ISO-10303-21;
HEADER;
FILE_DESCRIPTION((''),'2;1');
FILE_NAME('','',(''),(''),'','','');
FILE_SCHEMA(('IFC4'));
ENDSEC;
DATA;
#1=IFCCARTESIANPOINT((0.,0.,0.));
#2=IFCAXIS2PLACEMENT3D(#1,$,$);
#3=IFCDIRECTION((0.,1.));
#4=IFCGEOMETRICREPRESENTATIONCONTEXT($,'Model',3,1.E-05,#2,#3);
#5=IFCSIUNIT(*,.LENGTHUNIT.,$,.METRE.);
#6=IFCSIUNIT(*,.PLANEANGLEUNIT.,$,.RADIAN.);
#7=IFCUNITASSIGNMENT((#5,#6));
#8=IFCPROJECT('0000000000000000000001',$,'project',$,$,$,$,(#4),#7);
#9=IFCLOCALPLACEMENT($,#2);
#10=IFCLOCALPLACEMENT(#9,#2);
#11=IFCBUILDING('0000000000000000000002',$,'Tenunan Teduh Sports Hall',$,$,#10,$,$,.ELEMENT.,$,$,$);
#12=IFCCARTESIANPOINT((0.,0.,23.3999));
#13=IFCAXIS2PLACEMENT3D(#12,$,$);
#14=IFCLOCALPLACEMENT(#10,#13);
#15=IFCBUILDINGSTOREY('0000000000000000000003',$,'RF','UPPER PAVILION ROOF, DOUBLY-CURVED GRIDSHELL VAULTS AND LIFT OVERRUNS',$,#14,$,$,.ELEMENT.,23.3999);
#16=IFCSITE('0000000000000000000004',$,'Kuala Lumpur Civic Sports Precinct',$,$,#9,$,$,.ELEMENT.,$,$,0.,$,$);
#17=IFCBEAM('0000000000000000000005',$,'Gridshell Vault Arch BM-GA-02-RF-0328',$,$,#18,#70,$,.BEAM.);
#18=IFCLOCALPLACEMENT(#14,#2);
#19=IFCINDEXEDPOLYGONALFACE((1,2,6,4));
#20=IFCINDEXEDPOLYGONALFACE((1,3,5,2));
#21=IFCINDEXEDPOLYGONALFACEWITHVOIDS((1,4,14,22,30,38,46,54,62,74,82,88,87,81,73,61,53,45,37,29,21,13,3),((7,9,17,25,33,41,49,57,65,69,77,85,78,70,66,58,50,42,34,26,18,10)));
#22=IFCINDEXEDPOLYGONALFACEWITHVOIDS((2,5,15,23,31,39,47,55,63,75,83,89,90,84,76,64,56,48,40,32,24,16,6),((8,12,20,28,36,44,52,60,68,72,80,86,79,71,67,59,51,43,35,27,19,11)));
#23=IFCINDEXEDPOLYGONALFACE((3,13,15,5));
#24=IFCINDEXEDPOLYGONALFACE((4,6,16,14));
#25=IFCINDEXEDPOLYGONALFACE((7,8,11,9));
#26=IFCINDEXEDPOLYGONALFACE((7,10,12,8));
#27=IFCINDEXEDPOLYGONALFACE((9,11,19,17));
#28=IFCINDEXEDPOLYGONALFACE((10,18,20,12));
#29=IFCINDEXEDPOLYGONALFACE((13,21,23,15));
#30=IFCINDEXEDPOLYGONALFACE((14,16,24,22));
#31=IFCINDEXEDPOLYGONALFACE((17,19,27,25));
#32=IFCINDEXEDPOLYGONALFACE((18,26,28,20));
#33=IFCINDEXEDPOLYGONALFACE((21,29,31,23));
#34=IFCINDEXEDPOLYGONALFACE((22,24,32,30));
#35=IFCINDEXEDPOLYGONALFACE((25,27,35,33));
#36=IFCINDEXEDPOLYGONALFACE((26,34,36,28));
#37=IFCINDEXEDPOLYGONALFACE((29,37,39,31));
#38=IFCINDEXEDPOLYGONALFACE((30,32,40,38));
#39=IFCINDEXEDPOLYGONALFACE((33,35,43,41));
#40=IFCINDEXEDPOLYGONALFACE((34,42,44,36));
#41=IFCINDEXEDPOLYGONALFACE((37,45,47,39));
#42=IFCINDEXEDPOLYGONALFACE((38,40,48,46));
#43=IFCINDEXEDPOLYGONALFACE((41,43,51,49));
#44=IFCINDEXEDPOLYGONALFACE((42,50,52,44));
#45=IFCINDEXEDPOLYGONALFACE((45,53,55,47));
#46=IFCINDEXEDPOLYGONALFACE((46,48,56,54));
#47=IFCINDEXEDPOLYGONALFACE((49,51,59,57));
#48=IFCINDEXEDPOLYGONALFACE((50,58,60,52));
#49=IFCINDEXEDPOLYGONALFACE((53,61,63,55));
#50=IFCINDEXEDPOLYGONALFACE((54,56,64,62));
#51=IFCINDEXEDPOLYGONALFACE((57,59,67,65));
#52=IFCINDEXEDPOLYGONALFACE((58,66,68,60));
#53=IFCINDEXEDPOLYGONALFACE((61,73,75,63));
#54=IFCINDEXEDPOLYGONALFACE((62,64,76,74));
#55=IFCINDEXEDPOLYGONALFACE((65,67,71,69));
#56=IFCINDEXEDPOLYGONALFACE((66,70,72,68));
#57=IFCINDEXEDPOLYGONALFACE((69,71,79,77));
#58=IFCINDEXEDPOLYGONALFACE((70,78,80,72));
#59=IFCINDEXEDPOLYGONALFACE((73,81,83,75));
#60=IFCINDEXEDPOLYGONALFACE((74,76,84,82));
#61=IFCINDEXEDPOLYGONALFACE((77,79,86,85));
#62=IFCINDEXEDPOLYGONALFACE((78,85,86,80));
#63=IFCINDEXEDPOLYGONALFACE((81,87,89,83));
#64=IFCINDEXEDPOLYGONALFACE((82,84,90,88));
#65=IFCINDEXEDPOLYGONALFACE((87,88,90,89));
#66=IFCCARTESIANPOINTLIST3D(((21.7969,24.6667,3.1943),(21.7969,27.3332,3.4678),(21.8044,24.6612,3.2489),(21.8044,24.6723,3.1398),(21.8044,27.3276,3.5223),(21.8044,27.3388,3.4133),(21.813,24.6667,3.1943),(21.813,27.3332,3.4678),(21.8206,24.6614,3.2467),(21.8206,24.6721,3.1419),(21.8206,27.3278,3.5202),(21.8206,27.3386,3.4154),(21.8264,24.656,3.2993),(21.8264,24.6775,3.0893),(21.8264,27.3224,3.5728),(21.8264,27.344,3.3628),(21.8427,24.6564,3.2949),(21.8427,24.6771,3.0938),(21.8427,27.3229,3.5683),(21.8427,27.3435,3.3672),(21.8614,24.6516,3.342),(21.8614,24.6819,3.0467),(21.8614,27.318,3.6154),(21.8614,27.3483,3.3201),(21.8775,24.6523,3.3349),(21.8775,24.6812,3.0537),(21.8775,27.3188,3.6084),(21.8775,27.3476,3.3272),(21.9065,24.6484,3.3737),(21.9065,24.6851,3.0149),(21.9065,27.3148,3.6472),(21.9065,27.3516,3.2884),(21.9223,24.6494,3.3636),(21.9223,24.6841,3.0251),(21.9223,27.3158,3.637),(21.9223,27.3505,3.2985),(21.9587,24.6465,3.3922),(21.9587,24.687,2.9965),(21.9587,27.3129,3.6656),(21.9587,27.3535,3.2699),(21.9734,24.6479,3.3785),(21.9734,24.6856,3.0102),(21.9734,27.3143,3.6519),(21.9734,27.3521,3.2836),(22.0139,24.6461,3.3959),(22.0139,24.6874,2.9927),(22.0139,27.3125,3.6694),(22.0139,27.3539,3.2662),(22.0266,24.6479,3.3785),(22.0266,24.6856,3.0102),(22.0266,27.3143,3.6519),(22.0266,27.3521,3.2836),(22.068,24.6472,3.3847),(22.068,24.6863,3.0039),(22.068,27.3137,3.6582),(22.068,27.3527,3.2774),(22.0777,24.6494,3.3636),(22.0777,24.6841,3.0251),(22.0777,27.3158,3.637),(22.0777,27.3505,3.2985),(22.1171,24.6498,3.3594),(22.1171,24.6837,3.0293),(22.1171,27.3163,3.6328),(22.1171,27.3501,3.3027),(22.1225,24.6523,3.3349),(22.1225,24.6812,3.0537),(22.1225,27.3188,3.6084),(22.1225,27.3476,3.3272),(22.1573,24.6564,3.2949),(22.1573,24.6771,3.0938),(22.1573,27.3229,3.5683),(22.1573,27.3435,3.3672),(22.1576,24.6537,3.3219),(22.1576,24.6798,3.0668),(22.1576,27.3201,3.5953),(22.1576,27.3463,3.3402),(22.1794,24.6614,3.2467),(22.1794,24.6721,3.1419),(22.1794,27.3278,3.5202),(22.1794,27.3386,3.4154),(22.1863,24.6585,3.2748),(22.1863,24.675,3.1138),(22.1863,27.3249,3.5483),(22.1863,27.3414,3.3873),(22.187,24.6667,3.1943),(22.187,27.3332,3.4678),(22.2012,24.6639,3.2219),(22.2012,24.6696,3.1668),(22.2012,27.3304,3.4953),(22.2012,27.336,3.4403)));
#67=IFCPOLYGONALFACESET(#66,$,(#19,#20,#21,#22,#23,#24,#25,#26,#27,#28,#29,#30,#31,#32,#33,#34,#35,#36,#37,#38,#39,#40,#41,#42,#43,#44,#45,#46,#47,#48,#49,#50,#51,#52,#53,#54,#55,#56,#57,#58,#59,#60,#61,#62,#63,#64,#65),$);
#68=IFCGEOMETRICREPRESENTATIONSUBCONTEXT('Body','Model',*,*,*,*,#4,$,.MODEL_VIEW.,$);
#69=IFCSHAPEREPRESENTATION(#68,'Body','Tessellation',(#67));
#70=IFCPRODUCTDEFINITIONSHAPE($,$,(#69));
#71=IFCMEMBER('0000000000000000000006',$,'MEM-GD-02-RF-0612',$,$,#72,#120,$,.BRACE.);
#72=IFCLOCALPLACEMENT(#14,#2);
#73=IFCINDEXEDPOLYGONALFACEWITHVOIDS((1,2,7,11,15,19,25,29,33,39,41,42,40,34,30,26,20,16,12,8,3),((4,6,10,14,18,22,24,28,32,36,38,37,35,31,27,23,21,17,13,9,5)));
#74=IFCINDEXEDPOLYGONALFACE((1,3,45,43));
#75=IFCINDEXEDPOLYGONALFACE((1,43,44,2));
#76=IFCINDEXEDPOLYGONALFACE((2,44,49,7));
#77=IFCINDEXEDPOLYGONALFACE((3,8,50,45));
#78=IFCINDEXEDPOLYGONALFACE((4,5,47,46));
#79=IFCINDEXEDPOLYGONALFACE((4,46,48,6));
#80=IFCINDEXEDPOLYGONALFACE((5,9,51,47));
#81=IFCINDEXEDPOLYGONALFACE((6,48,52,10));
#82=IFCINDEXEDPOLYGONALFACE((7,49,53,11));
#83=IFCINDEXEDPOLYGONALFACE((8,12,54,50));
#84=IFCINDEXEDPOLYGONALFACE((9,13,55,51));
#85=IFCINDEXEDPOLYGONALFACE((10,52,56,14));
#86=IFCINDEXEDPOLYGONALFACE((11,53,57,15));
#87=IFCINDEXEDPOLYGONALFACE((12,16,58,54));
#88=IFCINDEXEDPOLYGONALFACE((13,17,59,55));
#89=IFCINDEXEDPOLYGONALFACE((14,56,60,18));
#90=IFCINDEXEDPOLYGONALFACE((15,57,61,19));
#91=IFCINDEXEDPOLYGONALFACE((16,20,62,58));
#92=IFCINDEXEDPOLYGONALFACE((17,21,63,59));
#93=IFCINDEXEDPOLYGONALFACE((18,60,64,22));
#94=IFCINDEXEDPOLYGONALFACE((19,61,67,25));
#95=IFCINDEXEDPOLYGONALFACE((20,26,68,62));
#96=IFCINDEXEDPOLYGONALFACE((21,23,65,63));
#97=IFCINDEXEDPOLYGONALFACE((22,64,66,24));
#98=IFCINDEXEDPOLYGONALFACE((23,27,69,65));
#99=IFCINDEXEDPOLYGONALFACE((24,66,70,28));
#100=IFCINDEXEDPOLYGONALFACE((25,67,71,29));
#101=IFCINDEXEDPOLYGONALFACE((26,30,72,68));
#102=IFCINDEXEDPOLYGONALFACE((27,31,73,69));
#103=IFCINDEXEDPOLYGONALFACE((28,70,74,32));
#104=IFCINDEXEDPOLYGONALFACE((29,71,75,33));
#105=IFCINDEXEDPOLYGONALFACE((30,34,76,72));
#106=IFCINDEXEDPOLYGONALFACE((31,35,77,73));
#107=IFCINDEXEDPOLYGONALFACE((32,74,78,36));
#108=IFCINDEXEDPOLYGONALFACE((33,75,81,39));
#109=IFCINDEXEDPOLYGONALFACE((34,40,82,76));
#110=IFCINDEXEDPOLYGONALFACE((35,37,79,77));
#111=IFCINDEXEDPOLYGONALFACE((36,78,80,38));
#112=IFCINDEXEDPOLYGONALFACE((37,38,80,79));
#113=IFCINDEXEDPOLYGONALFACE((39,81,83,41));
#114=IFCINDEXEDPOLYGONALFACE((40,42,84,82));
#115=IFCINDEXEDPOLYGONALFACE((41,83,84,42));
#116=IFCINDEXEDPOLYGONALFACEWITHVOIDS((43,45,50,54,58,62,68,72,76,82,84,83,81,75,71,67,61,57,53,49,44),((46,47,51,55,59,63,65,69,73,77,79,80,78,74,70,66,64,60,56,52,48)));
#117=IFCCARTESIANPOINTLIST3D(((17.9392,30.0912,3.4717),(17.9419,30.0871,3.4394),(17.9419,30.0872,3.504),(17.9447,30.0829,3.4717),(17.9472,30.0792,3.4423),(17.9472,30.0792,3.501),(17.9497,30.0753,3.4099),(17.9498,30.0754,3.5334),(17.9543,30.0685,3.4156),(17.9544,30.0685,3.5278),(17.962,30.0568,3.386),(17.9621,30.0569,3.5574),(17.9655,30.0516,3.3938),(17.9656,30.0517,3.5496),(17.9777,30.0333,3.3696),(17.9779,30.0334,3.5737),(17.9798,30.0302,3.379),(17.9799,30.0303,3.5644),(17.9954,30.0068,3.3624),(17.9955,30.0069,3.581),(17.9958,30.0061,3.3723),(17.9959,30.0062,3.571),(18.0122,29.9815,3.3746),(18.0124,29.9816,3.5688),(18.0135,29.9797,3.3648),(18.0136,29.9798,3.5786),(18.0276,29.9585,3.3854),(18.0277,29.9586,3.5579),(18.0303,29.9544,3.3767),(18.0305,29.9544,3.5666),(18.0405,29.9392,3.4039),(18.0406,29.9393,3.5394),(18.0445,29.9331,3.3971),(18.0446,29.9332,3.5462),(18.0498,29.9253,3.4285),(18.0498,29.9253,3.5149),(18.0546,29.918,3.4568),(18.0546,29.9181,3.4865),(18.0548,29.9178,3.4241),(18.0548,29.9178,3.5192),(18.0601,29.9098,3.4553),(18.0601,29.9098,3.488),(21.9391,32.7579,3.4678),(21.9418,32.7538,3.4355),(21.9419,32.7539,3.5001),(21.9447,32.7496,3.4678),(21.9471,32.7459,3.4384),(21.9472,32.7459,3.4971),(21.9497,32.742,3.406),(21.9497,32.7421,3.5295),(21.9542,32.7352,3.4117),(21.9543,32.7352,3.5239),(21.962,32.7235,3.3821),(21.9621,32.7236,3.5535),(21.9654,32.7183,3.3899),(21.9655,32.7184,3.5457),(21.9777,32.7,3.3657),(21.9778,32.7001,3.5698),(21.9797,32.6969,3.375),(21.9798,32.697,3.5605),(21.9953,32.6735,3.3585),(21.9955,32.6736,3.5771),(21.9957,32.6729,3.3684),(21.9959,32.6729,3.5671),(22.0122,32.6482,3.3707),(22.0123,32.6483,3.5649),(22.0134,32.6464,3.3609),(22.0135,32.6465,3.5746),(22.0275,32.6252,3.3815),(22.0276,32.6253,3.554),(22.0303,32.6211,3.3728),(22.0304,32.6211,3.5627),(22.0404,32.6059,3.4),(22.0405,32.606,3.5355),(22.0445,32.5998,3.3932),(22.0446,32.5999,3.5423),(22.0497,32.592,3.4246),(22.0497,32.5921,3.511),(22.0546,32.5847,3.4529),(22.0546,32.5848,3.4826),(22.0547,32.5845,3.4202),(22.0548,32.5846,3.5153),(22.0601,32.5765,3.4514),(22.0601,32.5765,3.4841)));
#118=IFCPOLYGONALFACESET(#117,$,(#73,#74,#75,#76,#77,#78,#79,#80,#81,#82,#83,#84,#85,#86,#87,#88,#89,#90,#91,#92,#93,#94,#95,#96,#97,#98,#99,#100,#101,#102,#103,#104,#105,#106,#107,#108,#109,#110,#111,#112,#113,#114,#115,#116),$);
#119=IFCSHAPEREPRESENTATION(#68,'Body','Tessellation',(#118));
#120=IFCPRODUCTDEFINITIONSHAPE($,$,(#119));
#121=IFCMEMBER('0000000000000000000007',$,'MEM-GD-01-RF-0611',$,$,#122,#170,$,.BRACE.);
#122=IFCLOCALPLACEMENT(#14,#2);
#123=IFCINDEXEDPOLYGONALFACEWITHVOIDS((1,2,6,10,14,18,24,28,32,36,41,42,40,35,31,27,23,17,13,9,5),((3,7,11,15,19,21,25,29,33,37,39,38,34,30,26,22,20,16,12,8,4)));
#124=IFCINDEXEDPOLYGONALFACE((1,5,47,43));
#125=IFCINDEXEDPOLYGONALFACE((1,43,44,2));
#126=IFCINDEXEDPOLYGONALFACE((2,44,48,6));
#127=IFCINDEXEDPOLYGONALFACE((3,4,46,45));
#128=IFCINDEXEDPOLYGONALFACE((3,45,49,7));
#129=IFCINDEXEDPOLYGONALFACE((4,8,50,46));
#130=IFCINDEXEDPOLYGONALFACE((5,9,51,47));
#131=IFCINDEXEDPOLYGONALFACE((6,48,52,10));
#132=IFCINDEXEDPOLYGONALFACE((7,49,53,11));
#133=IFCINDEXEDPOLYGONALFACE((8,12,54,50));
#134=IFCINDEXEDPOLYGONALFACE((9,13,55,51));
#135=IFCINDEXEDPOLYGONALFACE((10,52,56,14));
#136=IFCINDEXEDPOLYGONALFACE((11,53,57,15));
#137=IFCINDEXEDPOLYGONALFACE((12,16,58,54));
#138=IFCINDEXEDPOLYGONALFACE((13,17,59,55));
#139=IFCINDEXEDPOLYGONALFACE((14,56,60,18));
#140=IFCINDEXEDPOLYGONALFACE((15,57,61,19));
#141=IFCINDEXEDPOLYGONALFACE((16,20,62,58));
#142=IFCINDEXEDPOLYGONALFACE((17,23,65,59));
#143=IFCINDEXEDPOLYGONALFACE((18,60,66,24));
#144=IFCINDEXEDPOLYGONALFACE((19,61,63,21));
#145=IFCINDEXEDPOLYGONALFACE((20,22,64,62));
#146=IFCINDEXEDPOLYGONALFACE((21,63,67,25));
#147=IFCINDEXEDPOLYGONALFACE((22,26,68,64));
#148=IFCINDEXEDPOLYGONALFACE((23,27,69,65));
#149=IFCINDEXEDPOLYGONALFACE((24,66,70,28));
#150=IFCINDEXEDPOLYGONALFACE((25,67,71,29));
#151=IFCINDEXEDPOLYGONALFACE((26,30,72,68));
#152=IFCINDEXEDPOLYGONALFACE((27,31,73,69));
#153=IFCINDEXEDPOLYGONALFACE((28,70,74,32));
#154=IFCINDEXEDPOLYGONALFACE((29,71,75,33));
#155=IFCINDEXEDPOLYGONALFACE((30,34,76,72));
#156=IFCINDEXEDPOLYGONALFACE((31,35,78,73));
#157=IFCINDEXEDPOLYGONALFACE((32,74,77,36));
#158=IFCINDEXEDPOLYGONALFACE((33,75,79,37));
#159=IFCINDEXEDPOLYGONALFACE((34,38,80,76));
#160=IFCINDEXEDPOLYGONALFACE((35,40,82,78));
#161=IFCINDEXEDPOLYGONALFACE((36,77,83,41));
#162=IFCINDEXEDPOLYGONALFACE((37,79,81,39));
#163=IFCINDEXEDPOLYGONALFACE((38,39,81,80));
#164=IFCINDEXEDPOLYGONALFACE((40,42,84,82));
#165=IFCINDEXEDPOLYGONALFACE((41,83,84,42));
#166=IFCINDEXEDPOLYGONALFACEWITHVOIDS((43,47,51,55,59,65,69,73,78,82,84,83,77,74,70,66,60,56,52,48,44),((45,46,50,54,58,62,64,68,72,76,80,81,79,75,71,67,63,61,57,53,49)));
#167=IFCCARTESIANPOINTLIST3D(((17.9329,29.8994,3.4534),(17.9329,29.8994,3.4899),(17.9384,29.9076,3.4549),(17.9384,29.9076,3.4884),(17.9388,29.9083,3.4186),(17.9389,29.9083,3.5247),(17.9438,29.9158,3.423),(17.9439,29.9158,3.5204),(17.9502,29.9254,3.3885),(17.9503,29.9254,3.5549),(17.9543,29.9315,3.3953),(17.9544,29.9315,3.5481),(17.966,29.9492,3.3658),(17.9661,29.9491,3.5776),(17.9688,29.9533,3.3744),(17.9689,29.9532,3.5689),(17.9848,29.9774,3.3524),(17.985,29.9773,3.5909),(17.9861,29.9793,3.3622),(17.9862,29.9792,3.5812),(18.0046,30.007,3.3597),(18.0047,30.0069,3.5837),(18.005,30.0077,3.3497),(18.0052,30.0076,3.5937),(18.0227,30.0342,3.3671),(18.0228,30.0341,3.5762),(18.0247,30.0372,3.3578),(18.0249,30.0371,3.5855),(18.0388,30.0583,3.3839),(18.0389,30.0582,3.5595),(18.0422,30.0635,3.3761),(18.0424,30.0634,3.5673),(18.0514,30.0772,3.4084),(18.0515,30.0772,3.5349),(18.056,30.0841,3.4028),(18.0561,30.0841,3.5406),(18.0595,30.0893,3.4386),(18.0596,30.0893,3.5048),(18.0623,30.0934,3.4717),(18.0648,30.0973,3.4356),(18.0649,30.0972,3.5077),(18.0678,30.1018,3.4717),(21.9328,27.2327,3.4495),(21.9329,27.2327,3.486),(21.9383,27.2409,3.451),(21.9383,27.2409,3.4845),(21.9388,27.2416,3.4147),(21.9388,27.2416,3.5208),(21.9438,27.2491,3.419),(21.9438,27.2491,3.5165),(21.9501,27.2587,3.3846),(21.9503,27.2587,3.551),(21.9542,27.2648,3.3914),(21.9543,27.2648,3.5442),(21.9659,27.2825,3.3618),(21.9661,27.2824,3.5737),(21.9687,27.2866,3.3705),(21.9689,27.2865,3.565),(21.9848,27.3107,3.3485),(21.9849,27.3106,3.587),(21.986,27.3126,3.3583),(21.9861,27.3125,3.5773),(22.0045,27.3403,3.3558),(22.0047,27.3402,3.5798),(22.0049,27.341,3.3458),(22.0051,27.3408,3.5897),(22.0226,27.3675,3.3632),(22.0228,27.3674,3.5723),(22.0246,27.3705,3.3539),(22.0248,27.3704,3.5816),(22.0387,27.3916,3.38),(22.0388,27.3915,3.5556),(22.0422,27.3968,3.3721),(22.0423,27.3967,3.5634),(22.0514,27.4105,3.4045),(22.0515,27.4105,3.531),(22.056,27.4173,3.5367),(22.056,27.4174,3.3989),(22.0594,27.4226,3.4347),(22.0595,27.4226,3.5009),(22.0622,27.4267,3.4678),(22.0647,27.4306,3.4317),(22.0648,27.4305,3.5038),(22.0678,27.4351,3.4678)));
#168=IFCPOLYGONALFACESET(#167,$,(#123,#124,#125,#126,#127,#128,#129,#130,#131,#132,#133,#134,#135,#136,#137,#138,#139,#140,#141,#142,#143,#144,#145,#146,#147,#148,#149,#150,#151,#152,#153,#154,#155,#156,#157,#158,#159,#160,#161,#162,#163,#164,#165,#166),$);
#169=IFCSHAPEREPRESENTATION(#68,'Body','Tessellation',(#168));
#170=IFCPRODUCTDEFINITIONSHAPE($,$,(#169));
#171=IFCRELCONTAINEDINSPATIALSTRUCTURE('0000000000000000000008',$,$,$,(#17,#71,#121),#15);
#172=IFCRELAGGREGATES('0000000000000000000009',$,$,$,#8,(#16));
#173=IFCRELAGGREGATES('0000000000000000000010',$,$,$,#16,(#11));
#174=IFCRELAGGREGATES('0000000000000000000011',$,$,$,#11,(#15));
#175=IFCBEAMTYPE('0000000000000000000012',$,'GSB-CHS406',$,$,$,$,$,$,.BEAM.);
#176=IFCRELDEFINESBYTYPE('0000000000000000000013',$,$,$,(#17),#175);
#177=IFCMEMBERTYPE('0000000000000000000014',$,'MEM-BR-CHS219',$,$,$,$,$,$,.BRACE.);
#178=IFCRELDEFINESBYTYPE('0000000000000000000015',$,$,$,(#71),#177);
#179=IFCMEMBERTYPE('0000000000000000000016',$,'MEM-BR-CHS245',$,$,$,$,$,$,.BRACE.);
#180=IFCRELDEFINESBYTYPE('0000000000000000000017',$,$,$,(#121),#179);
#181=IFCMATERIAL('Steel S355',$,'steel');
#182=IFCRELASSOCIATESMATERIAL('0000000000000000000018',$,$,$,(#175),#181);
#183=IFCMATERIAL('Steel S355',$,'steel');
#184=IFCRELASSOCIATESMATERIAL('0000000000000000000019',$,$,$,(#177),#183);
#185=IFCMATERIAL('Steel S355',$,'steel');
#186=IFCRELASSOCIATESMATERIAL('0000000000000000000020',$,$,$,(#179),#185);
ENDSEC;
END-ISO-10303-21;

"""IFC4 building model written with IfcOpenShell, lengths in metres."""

from ifc_helpers import new_model, si_unit, direction, frame, origin, origin_2d, place, context, subcontext, project, spatial, hollow_circle, extrude, material, material_profile, profile_set, type_object, element, save


model = new_model("IFC4")

# Units and contexts
model_context = context("Model", 3, precision=1e-05, world=origin(), true_north=direction((0.0, 1.0)))
body_context = subcontext(model_context, "Body", "Model", "MODEL_VIEW")
ifc_project = project(units=[si_unit("LENGTHUNIT", "METRE"), si_unit("PLANEANGLEUNIT", "RADIAN")], contexts=[model_context])

# Site, building, storey
site_placement = place(None, origin())
site = spatial("IfcSite", under=ifc_project, at=site_placement, Name="Kuala Lumpur Civic Sports Precinct", CompositionType="ELEMENT", RefElevation=0.0)
building_placement = place(site_placement, origin())
building = spatial("IfcBuilding", under=site, at=building_placement, Name="Tenunan Teduh Sports Hall", CompositionType="ELEMENT")
storey_placement = place(building_placement, frame((0.0, 0.0, 23.3999)))
storey = spatial("IfcBuildingStorey", under=building, at=storey_placement, Name="RF", Description="UPPER PAVILION ROOF, DOUBLY-CURVED GRIDSHELL VAULTS AND LIFT OVERRUNS", CompositionType="ELEMENT", Elevation=23.3999)

# Beam
ifc_material_1 = material(Name="Steel S355", Category="steel")
ifc_material_profile_1 = material_profile(ifc_material_1, hollow_circle(Radius=0.2031, WallThickness=0.0161, at=origin_2d()), Name="CHS 406.4x16.0")
ifc_profile_set_1 = profile_set([ifc_material_profile_1], Name="Steel S355")
beam_type_1 = type_object("IfcBeamType", Name="GSB-CHS406", PredefinedType="BEAM", material=ifc_profile_set_1)
beam_1_placement = place(storey_placement, frame((22.0, 24.6667, 3.1943), z_axis=(0.0, 0.994783, 0.10201), x_axis=(-1.0, 0.0, 0.0)))
element("IfcBeam", 1, at=beam_1_placement, inside=storey, type_object=beam_type_1, Name="Gridshell Vault Arch BM-GA-02-RF-0328", PredefinedType="BEAM", context=body_context, shape_type="SweptSolid", body=[
    extrude(hollow_circle(Radius=0.2031, WallThickness=0.0161, at=origin_2d()), origin(), (0.0, 0.0, 1.0), 2.6804),
])

# Members
ifc_material_2 = material(Name="Steel S355", Category="steel")
ifc_material_profile_2 = material_profile(ifc_material_2, hollow_circle(Radius=0.1096, WallThickness=0.01, at=origin_2d()), Name="CHS 219.1x10.0")
ifc_profile_set_2 = profile_set([ifc_material_profile_2], Name="Steel S355")
member_type_1 = type_object("IfcMemberType", Name="MEM-BR-CHS219", PredefinedType="BRACE", material=ifc_profile_set_2)
member_1_placement = place(storey_placement, frame((18.0, 30.0, 3.4717), z_axis=(0.832042, 0.554712, -0.000813), x_axis=(-0.554712, 0.832042, 0.0)))
element("IfcMember", 2, at=member_1_placement, inside=storey, type_object=member_type_1, Name="MEM-GD-02-RF-0612", PredefinedType="BRACE", context=body_context, shape_type="SweptSolid", body=[
    extrude(hollow_circle(Radius=0.1096, WallThickness=0.01, at=origin_2d()), origin(), (0.0, 0.0, 1.0), 4.8074),
])
ifc_material_3 = material(Name="Steel S355", Category="steel")
ifc_material_profile_3 = material_profile(ifc_material_3, hollow_circle(Radius=0.1223, WallThickness=0.01, at=origin_2d()), Name="CHS 244.5x10.0")
ifc_profile_set_3 = profile_set([ifc_material_profile_3], Name="Steel S355")
member_type_2 = type_object("IfcMemberType", Name="MEM-BR-CHS245", PredefinedType="BRACE", material=ifc_profile_set_3)
member_2_placement = place(storey_placement, frame((18.0, 30.0, 3.4717), z_axis=(0.832042, -0.554712, -0.000813), x_axis=(0.554712, 0.832042, 0.0)))
element("IfcMember", 3, at=member_2_placement, inside=storey, type_object=member_type_2, Name="MEM-GD-01-RF-0611", PredefinedType="BRACE", context=body_context, shape_type="SweptSolid", body=[
    extrude(hollow_circle(Radius=0.1223, WallThickness=0.01, at=origin_2d()), origin(), (0.0, 0.0, 1.0), 4.8074),
])

save(model, "model.ifc")
